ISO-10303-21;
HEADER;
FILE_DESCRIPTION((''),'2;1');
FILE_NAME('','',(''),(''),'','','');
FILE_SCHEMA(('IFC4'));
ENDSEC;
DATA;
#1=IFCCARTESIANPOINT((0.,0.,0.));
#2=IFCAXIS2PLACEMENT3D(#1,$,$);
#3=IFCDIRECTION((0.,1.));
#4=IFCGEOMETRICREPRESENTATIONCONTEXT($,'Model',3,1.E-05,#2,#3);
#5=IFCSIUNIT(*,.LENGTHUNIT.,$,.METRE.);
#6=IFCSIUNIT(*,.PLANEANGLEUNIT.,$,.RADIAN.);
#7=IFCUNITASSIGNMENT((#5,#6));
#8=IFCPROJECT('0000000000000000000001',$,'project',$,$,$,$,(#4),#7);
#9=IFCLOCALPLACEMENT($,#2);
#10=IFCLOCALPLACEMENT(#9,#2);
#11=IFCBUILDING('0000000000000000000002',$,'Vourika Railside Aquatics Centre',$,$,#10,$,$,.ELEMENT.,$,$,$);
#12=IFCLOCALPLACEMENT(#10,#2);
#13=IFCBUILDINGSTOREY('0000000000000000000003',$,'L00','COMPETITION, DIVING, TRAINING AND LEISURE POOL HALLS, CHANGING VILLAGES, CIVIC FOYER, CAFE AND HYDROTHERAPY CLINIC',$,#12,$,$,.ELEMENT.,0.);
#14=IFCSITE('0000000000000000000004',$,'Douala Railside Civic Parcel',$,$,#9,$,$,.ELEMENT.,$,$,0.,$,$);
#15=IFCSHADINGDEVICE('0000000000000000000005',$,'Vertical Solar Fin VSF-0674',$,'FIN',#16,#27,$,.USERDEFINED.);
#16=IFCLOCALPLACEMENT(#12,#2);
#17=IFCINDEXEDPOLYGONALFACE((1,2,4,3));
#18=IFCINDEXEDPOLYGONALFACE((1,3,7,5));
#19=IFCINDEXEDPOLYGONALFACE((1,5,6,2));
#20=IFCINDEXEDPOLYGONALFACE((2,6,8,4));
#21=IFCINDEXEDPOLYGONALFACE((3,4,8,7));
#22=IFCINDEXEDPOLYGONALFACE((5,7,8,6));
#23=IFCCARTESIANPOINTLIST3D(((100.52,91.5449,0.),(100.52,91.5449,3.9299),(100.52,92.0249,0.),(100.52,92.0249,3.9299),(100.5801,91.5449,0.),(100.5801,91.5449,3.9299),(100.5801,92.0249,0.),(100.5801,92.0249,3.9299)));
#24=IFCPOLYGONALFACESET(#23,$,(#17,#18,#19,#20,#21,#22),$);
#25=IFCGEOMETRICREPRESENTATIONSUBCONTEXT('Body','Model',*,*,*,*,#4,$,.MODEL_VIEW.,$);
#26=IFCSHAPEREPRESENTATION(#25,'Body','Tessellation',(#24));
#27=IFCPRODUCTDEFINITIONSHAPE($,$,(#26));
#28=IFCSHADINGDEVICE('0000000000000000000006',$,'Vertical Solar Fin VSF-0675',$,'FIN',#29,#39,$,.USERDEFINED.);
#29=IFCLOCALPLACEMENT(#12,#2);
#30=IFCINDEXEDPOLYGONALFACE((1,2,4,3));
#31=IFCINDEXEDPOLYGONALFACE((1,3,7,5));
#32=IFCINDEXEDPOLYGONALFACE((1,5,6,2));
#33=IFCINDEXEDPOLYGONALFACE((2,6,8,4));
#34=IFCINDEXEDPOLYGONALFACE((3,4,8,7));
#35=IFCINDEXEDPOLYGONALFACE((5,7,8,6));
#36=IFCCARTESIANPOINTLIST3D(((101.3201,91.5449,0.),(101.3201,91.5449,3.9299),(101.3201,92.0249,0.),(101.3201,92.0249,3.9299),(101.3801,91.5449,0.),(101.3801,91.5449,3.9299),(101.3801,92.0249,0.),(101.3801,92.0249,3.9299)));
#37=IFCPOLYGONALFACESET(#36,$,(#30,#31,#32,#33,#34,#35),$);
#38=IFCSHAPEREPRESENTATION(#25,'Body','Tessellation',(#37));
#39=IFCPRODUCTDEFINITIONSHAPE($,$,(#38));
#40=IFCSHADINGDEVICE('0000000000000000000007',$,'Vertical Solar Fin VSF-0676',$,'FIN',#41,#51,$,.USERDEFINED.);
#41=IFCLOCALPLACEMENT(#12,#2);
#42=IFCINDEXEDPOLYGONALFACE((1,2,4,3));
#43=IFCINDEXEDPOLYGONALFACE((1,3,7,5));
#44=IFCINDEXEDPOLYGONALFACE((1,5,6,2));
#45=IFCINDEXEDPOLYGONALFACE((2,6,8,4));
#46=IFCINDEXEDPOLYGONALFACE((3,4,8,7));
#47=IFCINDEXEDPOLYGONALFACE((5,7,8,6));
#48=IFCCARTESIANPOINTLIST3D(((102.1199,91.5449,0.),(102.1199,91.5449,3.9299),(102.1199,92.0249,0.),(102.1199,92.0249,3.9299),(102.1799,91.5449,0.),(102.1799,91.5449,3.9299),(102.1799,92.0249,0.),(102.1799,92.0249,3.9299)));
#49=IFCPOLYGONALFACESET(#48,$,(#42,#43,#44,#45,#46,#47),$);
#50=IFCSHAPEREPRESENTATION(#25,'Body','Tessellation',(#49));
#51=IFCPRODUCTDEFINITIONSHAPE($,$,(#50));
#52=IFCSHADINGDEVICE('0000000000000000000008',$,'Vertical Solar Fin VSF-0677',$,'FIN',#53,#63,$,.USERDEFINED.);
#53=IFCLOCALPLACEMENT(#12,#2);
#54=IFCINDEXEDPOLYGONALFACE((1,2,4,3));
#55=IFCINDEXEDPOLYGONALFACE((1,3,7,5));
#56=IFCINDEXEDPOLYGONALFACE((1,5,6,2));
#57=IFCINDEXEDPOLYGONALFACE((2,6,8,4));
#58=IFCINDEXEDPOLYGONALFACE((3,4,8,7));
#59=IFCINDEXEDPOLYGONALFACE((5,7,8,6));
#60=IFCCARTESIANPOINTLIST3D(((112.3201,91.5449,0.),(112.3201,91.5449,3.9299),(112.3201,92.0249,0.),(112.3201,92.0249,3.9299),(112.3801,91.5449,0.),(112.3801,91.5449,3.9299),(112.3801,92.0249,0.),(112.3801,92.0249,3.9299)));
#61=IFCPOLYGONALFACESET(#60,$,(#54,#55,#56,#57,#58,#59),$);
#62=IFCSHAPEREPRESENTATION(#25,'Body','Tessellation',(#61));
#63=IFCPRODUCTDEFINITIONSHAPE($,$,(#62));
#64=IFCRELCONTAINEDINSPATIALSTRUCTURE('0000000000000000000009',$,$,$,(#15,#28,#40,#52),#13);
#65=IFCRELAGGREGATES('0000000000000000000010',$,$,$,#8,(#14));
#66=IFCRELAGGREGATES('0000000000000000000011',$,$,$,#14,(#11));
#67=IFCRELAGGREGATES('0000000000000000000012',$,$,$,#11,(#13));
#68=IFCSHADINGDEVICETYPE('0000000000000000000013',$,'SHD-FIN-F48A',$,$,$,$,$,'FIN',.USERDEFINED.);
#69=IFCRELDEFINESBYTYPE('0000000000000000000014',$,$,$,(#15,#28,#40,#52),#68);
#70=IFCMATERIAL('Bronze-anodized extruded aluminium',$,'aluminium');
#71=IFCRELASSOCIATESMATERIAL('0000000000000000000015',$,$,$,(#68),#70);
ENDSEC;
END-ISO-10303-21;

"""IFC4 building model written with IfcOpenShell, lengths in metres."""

from ifc_helpers import new_model, si_unit, direction, frame, origin, origin_2d, place, context, subcontext, project, spatial, rectangle, extrude, material, material_profile, profile_set, type_object, element, save


model = new_model("IFC4")

# Units and contexts
model_context = context("Model", 3, precision=1e-05, world=origin(), true_north=direction((0.0, 1.0)))
body_context = subcontext(model_context, "Body", "Model", "MODEL_VIEW")
ifc_project = project(units=[si_unit("LENGTHUNIT", "METRE"), si_unit("PLANEANGLEUNIT", "RADIAN")], contexts=[model_context])

# Site, building, storey
site_placement = place(None, origin())
site = spatial("IfcSite", under=ifc_project, at=site_placement, Name="Douala Railside Civic Parcel", CompositionType="ELEMENT", RefElevation=0.0)
building_placement = place(site_placement, origin())
building = spatial("IfcBuilding", under=site, at=building_placement, Name="Vourika Railside Aquatics Centre", CompositionType="ELEMENT")
storey_placement = place(building_placement, origin())
storey = spatial("IfcBuildingStorey", under=building, at=storey_placement, Name="L00", Description="COMPETITION, DIVING, TRAINING AND LEISURE POOL HALLS, CHANGING VILLAGES, CIVIC FOYER, CAFE AND HYDROTHERAPY CLINIC", CompositionType="ELEMENT", Elevation=0.0)

# Shading devices
ifc_material_1 = material(Name="Bronze-anodized extruded aluminium", Category="aluminium")
ifc_material_profile_1 = material_profile(ifc_material_1, rectangle(XDim=0.0601, YDim=0.48, at=origin_2d()), Name="ALU-FIN 60x480")
ifc_profile_set_1 = profile_set([ifc_material_profile_1], Name="Bronze-anodized extruded aluminium")
shading_device_type = type_object("IfcShadingDeviceType", Name="SHD-FIN-F48A", ElementType="FIN", PredefinedType="USERDEFINED", material=ifc_profile_set_1)
for number, where, z_axis, x_axis, name in (
    (1, (100.55, 91.7849, 0.0), (0.0, 0.0, 1.0), (-1.0, 0.0, 0.0), "Vertical Solar Fin VSF-0674"),
    (2, (101.3501, 91.7849, 0.0), (0.0, 0.0, 1.0), (-1.0, 0.0, 0.0), "Vertical Solar Fin VSF-0675"),
    (3, (102.1499, 91.7849, 0.0), (0.0, 0.0, 1.0), (-1.0, 0.0, 0.0), "Vertical Solar Fin VSF-0676"),
    (4, (112.3501, 91.7849, 0.0), (0.0, 0.0, 1.0), (-1.0, 0.0, 0.0), "Vertical Solar Fin VSF-0677"),
):
    element("IfcShadingDevice", number, at=place(storey_placement, frame(where, z_axis=z_axis, x_axis=x_axis)), inside=storey, type_object=shading_device_type, Name=name, ObjectType="FIN", PredefinedType="USERDEFINED", context=body_context, shape_type="SweptSolid", body=[
        extrude(rectangle(XDim=0.0601, YDim=0.48, at=origin_2d()), origin(), (0.0, 0.0, 1.0), 3.9299),
    ])

save(model, "model.ifc")
